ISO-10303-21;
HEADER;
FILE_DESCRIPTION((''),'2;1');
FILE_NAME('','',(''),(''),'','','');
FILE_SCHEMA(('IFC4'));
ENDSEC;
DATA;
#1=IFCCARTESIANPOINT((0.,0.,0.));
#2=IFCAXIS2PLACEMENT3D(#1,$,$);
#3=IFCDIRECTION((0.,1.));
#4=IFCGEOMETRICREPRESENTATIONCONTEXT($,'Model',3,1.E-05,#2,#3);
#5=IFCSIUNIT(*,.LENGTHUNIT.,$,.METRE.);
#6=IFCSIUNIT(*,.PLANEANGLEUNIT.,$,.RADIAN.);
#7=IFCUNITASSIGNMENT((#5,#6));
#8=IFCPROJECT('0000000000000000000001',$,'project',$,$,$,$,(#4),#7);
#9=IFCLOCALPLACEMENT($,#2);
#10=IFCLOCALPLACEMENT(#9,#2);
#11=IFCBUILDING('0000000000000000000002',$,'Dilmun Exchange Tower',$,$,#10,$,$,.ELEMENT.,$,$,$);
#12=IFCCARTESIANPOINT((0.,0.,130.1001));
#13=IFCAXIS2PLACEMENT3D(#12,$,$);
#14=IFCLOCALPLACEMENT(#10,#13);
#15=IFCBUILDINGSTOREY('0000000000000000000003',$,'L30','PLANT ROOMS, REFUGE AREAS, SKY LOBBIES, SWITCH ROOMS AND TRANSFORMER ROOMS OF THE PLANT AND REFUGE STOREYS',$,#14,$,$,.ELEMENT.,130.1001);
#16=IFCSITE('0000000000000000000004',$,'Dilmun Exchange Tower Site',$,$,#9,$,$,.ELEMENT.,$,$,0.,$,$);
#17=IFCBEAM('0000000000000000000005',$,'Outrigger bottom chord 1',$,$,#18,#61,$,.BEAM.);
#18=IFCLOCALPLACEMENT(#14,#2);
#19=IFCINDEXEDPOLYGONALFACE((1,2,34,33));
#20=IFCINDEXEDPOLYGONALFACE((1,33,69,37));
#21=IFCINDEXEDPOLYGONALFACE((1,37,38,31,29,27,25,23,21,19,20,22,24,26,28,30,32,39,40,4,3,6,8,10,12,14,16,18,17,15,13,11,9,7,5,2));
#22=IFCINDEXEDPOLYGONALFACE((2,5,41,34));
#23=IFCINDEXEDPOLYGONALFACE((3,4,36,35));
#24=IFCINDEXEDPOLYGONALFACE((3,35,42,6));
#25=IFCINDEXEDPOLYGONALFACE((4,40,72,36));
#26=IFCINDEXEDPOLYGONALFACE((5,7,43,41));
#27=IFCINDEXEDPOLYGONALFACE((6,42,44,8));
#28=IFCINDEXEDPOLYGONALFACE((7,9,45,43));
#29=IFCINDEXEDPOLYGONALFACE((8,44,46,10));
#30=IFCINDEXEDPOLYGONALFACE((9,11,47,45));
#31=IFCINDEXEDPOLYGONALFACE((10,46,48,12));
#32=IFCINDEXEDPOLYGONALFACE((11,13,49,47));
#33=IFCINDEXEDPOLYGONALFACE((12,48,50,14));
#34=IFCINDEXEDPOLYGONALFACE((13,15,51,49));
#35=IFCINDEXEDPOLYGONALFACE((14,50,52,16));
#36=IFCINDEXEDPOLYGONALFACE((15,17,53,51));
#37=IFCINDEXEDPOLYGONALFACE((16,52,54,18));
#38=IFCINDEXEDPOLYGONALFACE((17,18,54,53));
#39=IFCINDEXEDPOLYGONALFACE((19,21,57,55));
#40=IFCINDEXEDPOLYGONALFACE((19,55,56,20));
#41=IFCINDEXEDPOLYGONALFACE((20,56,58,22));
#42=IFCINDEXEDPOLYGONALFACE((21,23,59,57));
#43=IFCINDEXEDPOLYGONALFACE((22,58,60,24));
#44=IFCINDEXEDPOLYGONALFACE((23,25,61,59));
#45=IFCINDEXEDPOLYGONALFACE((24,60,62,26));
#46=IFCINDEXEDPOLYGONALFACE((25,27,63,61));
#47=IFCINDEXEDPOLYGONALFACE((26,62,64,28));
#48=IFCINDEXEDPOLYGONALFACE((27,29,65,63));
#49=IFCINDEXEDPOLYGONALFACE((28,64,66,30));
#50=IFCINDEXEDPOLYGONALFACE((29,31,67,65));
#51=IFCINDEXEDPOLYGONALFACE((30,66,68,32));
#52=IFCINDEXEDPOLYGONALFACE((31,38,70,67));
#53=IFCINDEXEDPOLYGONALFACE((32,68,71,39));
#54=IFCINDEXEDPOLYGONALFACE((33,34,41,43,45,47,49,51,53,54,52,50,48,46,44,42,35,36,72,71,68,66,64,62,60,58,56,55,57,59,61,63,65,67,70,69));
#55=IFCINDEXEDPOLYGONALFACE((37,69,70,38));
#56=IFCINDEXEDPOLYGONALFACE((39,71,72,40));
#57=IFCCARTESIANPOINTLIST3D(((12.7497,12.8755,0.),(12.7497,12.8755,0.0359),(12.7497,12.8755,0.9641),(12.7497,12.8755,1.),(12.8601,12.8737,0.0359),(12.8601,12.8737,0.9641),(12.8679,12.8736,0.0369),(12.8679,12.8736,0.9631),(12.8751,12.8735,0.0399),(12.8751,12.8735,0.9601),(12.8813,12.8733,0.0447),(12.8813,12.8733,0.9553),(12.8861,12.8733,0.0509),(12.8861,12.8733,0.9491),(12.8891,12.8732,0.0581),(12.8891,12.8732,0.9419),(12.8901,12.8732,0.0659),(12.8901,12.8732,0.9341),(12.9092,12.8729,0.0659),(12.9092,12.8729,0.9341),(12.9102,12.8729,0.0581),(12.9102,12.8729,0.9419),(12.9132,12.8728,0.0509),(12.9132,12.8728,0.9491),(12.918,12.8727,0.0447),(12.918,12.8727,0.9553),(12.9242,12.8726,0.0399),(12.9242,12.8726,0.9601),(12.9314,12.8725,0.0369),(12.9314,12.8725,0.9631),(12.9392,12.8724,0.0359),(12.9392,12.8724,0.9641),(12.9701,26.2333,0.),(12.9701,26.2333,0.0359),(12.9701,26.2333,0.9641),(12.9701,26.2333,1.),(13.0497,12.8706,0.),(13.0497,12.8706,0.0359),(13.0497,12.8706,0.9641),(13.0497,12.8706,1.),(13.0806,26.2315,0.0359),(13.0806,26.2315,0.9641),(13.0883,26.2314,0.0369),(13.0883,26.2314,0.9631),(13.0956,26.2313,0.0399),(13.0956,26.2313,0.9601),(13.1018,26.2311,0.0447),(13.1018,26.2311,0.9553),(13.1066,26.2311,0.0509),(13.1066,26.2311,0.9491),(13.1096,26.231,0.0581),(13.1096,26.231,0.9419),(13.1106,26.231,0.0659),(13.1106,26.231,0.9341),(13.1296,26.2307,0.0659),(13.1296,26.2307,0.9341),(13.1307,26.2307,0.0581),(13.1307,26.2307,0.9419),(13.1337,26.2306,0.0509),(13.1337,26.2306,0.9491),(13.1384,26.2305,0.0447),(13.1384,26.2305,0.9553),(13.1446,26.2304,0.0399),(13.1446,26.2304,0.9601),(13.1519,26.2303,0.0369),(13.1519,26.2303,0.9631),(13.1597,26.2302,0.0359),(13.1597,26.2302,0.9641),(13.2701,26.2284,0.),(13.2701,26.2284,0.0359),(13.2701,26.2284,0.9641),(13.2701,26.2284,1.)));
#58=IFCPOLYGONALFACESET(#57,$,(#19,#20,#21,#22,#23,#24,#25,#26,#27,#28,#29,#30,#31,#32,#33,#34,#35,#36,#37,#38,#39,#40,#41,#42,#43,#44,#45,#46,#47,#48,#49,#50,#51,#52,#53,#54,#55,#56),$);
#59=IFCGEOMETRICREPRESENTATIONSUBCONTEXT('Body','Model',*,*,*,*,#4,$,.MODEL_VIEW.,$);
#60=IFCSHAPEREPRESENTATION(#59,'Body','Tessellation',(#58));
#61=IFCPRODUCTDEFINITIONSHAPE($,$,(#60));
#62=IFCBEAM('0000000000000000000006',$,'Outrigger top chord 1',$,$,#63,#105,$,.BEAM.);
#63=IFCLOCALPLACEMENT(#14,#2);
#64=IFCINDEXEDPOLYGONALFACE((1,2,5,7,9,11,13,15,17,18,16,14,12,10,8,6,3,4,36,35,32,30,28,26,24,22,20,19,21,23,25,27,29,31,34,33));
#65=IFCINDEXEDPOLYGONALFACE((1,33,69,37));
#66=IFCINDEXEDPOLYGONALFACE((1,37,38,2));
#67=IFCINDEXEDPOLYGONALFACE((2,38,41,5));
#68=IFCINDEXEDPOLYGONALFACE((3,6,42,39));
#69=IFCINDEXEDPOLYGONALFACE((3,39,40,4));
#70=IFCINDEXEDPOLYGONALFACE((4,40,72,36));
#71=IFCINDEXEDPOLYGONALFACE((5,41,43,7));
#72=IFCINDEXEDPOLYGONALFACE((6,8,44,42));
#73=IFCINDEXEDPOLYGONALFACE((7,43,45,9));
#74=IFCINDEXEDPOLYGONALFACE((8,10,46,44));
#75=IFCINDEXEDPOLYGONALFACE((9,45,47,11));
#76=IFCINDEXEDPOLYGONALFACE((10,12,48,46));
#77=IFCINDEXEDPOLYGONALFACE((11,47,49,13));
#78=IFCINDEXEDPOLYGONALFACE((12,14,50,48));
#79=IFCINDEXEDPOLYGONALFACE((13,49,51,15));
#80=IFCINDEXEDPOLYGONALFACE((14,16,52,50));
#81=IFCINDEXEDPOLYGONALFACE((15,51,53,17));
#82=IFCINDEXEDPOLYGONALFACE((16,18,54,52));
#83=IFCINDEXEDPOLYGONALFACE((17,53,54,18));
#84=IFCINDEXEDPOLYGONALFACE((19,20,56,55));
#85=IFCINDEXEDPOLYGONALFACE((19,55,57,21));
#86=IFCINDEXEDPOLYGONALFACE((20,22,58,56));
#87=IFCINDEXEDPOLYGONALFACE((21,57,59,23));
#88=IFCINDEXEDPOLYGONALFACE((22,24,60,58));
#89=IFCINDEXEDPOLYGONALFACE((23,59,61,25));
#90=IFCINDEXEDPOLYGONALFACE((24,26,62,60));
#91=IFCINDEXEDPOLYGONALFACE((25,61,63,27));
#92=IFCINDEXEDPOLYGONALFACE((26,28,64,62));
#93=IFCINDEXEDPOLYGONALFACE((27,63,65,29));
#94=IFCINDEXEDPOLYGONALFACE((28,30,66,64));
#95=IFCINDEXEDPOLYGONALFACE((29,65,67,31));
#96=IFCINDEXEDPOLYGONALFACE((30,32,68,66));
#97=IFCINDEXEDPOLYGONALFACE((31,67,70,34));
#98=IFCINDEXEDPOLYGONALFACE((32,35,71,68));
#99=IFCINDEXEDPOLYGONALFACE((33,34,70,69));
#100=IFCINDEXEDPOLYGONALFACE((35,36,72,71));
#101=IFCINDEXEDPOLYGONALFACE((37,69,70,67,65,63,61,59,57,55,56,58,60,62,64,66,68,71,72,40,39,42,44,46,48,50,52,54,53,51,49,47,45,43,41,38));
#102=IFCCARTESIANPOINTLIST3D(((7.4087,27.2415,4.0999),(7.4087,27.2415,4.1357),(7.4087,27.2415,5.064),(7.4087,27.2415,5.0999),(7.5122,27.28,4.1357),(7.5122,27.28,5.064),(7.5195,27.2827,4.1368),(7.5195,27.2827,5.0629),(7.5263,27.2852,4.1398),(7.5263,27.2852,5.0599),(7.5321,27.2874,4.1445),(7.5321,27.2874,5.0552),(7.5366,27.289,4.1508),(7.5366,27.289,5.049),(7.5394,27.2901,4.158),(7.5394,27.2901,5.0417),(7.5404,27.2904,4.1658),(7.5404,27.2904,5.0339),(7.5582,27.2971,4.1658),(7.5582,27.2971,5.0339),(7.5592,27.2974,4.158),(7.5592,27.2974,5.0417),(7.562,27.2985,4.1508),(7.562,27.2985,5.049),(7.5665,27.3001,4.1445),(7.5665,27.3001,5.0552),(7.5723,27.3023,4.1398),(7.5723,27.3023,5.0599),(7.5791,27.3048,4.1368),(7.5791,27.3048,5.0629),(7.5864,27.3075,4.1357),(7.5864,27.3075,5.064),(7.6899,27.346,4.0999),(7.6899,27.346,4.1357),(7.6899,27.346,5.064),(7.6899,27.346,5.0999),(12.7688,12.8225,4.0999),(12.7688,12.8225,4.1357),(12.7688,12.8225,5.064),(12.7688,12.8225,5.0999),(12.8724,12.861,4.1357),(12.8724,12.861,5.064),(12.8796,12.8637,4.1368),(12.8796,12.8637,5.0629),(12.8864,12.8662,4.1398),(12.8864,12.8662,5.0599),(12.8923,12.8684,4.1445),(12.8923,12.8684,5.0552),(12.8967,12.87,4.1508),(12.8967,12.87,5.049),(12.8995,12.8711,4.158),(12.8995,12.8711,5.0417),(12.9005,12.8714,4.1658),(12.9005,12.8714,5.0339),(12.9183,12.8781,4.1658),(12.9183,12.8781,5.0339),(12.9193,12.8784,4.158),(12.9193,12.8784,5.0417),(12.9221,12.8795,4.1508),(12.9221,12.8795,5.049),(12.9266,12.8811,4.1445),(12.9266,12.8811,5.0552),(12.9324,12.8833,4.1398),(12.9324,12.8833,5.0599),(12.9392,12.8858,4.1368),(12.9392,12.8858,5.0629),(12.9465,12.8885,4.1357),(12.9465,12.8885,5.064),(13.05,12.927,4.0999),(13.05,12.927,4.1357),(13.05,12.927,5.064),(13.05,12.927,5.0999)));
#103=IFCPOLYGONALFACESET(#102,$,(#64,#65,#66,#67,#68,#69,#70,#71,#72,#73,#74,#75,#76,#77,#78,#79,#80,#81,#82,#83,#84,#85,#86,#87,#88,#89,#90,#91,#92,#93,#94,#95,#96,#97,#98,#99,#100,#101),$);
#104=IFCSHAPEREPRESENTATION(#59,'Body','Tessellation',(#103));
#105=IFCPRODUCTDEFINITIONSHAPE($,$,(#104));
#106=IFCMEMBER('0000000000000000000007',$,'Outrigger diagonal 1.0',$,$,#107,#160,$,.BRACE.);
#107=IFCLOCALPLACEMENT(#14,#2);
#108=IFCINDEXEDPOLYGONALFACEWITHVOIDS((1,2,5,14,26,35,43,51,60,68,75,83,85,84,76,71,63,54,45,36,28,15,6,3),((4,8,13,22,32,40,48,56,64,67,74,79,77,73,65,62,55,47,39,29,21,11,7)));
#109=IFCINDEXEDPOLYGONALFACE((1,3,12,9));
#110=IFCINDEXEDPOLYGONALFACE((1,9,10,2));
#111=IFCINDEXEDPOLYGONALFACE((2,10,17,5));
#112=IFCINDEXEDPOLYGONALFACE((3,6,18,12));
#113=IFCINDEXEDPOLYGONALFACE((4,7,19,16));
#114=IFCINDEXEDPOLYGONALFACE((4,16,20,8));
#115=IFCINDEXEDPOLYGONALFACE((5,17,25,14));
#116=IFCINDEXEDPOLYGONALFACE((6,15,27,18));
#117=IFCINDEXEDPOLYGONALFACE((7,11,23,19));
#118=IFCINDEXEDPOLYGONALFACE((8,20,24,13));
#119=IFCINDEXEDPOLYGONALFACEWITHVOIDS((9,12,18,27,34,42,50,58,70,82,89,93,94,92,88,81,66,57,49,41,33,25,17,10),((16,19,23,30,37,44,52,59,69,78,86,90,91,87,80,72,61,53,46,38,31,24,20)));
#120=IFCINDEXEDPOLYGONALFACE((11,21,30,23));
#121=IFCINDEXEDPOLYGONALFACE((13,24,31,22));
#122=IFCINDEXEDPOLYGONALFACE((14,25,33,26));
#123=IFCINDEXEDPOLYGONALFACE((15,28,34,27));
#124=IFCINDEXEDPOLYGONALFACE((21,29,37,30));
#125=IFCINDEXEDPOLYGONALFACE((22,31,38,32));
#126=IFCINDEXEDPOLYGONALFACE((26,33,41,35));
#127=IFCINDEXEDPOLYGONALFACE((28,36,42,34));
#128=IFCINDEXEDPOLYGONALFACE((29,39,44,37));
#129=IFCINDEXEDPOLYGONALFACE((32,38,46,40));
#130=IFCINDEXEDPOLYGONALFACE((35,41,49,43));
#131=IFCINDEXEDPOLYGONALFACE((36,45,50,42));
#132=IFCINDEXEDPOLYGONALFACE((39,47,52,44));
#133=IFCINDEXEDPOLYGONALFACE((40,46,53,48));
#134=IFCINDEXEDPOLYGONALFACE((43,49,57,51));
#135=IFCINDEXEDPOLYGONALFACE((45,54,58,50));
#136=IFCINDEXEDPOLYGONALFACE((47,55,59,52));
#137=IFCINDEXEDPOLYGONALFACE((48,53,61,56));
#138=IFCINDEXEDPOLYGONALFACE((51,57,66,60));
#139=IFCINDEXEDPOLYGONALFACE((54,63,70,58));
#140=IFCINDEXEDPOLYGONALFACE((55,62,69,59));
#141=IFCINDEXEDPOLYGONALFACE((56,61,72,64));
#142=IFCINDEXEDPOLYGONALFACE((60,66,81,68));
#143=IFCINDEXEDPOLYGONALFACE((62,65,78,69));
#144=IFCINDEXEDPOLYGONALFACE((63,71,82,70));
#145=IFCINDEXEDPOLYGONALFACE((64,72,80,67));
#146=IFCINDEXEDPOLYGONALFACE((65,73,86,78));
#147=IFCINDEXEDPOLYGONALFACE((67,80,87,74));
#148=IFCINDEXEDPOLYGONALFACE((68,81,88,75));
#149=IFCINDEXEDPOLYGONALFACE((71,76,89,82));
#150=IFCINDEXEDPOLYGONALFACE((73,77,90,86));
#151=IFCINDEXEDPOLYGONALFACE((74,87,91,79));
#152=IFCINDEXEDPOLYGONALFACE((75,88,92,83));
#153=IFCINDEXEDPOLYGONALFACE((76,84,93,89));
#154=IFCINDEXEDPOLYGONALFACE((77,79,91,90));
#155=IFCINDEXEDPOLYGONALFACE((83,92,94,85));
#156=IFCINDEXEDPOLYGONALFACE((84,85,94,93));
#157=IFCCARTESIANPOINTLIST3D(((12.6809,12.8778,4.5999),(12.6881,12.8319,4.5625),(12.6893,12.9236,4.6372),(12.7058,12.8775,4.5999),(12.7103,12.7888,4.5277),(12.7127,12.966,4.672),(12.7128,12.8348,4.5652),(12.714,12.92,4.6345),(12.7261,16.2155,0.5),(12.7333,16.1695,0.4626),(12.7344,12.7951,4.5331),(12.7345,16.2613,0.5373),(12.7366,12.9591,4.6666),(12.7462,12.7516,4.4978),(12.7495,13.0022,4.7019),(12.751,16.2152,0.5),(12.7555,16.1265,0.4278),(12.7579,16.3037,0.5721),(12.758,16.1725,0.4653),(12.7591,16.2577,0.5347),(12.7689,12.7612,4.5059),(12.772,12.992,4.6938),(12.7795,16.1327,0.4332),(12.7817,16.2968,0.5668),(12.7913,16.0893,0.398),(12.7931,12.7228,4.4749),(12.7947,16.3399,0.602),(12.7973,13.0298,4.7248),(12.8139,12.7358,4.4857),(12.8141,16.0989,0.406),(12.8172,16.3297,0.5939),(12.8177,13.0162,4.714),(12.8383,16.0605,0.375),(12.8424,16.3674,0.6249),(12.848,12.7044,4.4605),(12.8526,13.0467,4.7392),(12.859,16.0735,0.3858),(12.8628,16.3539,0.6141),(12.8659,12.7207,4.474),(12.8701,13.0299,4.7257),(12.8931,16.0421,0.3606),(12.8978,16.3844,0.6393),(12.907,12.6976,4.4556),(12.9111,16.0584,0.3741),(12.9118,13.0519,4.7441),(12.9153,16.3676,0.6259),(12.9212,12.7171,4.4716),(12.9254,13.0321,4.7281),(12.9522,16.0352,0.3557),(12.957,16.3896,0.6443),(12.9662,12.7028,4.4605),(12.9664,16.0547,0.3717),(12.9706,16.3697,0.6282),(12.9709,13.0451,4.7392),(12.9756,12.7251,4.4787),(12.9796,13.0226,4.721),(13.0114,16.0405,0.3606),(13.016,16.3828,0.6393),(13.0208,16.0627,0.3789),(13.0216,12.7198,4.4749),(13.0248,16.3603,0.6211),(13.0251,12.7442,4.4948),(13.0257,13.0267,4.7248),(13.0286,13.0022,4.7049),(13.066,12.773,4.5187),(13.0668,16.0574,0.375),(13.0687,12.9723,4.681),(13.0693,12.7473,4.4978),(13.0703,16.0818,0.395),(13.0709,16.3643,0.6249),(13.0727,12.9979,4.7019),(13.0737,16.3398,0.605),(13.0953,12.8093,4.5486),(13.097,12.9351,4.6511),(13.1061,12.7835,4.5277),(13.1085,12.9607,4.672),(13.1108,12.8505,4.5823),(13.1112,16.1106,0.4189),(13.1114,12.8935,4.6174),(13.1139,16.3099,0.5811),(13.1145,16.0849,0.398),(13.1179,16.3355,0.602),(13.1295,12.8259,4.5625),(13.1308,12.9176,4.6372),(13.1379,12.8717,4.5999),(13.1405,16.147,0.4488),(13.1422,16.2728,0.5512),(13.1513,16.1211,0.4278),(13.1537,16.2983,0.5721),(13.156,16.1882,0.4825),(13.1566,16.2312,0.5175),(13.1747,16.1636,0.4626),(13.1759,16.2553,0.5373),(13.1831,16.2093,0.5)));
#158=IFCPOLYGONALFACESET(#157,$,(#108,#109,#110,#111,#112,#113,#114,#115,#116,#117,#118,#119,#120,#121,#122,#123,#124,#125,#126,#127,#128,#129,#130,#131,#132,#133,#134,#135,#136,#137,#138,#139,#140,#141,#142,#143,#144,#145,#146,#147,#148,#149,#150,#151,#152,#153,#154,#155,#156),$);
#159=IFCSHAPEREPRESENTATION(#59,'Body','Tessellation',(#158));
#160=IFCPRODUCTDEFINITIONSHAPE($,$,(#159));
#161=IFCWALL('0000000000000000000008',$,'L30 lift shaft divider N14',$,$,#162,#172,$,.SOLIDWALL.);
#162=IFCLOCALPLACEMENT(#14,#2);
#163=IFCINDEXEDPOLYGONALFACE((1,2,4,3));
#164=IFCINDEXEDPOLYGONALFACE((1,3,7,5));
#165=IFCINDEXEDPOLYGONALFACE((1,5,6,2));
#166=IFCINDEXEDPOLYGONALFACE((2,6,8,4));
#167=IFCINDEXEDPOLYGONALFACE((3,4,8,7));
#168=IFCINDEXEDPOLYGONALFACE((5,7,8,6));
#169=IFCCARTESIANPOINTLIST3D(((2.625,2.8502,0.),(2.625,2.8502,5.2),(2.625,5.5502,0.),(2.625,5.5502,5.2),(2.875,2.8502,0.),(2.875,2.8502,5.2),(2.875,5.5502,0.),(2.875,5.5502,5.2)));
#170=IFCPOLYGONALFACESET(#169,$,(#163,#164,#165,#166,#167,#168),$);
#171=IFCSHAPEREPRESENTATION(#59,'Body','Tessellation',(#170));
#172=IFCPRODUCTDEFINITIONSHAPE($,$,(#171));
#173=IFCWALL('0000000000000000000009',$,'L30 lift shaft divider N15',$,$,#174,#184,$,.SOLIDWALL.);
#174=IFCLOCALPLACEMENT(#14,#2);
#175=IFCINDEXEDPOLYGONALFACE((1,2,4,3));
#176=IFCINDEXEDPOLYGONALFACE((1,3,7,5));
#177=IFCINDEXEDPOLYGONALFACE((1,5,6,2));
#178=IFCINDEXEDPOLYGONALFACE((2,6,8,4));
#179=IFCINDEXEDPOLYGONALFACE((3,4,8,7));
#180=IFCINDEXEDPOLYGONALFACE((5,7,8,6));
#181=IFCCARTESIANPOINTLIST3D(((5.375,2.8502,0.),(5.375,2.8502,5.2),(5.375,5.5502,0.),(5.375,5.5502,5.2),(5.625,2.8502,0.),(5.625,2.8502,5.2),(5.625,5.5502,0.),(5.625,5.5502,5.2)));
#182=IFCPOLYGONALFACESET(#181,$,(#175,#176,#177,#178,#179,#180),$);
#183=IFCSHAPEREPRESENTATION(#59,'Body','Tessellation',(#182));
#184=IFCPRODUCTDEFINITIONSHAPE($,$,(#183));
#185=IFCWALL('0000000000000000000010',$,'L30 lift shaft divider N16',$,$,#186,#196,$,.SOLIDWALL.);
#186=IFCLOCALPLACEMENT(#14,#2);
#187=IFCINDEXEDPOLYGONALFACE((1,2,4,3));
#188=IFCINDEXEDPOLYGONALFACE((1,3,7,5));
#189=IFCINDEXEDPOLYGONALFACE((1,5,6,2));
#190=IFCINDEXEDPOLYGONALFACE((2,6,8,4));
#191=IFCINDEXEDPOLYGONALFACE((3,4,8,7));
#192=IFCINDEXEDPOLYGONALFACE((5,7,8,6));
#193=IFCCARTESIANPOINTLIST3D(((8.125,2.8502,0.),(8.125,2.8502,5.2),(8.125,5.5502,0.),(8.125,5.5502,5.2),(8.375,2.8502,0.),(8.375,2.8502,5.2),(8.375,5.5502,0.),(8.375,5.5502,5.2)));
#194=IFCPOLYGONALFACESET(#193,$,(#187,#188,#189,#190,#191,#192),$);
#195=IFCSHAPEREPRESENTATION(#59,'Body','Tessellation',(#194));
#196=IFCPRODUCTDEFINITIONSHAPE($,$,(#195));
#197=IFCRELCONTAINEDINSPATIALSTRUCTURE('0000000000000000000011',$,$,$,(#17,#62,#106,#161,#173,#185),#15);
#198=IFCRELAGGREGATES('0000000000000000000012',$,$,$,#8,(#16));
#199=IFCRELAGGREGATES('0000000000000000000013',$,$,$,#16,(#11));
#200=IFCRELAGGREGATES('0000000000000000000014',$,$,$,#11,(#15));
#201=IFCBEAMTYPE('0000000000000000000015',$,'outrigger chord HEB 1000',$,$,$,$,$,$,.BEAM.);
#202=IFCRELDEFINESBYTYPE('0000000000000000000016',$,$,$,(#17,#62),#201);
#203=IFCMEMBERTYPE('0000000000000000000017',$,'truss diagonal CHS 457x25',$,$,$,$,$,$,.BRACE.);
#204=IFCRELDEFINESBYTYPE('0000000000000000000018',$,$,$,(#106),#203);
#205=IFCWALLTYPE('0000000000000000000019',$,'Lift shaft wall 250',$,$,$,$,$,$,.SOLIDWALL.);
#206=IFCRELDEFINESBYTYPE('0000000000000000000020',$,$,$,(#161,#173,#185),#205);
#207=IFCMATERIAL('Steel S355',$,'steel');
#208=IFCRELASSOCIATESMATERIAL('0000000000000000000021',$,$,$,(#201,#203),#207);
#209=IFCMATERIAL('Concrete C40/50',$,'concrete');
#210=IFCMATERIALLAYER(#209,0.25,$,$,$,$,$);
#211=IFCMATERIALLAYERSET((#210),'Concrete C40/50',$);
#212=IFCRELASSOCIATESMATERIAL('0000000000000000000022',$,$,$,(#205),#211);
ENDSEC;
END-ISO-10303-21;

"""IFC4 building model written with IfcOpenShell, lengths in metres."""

from ifc_helpers import new_model, si_unit, direction, frame, frame_2d, origin, origin_2d, place, context, subcontext, project, spatial, rectangle, hollow_circle, i_section, extrude, material, layer, layer_set, material_profile, profile_set, type_object, element, save


model = new_model("IFC4")

# Units and contexts
model_context = context("Model", 3, precision=1e-05, world=origin(), true_north=direction((0.0, 1.0)))
body_context = subcontext(model_context, "Body", "Model", "MODEL_VIEW")
ifc_project = project(units=[si_unit("LENGTHUNIT", "METRE"), si_unit("PLANEANGLEUNIT", "RADIAN")], contexts=[model_context])

# Site, building, storey
site_placement = place(None, origin())
site = spatial("IfcSite", under=ifc_project, at=site_placement, Name="Dilmun Exchange Tower Site", CompositionType="ELEMENT", RefElevation=0.0)
building_placement = place(site_placement, origin())
building = spatial("IfcBuilding", under=site, at=building_placement, Name="Dilmun Exchange Tower", CompositionType="ELEMENT")
storey_placement = place(building_placement, frame((0.0, 0.0, 130.1001)))
storey = spatial("IfcBuildingStorey", under=building, at=storey_placement, Name="L30", Description="PLANT ROOMS, REFUGE AREAS, SKY LOBBIES, SWITCH ROOMS AND TRANSFORMER ROOMS OF THE PLANT AND REFUGE STOREYS", CompositionType="ELEMENT", Elevation=130.1001)

# Beams
ifc_material_1 = material(Name="Steel S355", Category="steel")
ifc_material_profile_1 = material_profile(ifc_material_1, i_section(OverallWidth=0.3, OverallDepth=1.0, WebThickness=0.019, FlangeThickness=0.0359, FilletRadius=0.03, at=origin_2d()), Name="HEB 1000")
ifc_profile_set_1 = profile_set([ifc_material_profile_1], Name="Steel S355")
beam_type = type_object("IfcBeamType", Name="outrigger chord HEB 1000", PredefinedType="BEAM", material=ifc_profile_set_1)
beam_1_placement = place(storey_placement, frame((12.8997, 12.873, 0.5), z_axis=(0.016502, 0.999864, 0.0), x_axis=(-0.999864, 0.016502, 0.0)))
element("IfcBeam", 1, at=beam_1_placement, inside=storey, type_object=beam_type, Name="Outrigger bottom chord 1", PredefinedType="BEAM", context=body_context, shape_type="SweptSolid", body=[
    extrude(i_section(OverallWidth=0.3, OverallDepth=1.0, WebThickness=0.019, FlangeThickness=0.0359, FilletRadius=0.03, at=origin_2d()), origin(), (0.0, 0.0, 1.0), 13.3596),
])
beam_2_placement = place(storey_placement, frame((12.9094, 12.8748, 4.5999), z_axis=(-0.348444, 0.93733, 0.0), x_axis=(-0.93733, -0.348444, 0.0)))
element("IfcBeam", 2, at=beam_2_placement, inside=storey, type_object=beam_type, Name="Outrigger top chord 1", PredefinedType="BEAM", context=body_context, shape_type="SweptSolid", body=[
    extrude(i_section(OverallWidth=0.3, OverallDepth=1.0, WebThickness=0.019, FlangeThickness=0.0359, FilletRadius=0.03, at=origin_2d()), origin(), (0.0, 0.0, 1.0), 15.3831),
])

# Member
ifc_material_profile_2 = material_profile(ifc_material_1, hollow_circle(Radius=0.2285, WallThickness=0.0249, at=origin_2d()), Name="CHS 457x25")
ifc_profile_set_2 = profile_set([ifc_material_profile_2], Name="Steel S355")
member_type = type_object("IfcMemberType", Name="truss diagonal CHS 457x25", PredefinedType="BRACE", material=ifc_profile_set_2)
member_placement = place(storey_placement, frame((12.9094, 12.8748, 4.5999), z_axis=(0.008543, 0.631312, -0.775482), x_axis=(-0.999908, 0.013531, 0.0)))
element("IfcMember", 3, at=member_placement, inside=storey, type_object=member_type, Name="Outrigger diagonal 1.0", PredefinedType="BRACE", context=body_context, shape_type="SweptSolid", body=[
    extrude(hollow_circle(Radius=0.2285, WallThickness=0.0249, at=origin_2d()), origin(), (0.0, 0.0, 1.0), 5.2869),
])

# Walls
ifc_material_2 = material(Name="Concrete C40/50", Category="concrete")
ifc_layer_1 = layer(ifc_material_2, 0.25)
ifc_layer_set_1 = layer_set([ifc_layer_1], Name="Concrete C40/50")
wall_type_1 = type_object("IfcWallType", Name="Lift shaft wall 250", PredefinedType="SOLIDWALL", material=ifc_layer_set_1)
for number, where, z_axis, x_axis, name in (
    (4, (2.75, 2.8501, 0.0), (0.0, 0.0, 1.0), (0.0, 1.0, 0.0), "L30 lift shaft divider N14"),
    (5, (5.5, 2.8501, 0.0), (0.0, 0.0, 1.0), (0.0, 1.0, 0.0), "L30 lift shaft divider N15"),
    (6, (8.25, 2.8501, 0.0), (0.0, 0.0, 1.0), (0.0, 1.0, 0.0), "L30 lift shaft divider N16"),
):
    element("IfcWall", number, at=place(storey_placement, frame(where, z_axis=z_axis, x_axis=x_axis)), inside=storey, type_object=wall_type_1, Name=name, PredefinedType="SOLIDWALL", context=body_context, shape_type="SweptSolid", body=[
        extrude(rectangle(XDim=2.7, YDim=0.25, at=frame_2d((1.3501, 0.0))), origin(), (0.0, 0.0, 1.0), 5.2),
    ])

save(model, "model.ifc")
